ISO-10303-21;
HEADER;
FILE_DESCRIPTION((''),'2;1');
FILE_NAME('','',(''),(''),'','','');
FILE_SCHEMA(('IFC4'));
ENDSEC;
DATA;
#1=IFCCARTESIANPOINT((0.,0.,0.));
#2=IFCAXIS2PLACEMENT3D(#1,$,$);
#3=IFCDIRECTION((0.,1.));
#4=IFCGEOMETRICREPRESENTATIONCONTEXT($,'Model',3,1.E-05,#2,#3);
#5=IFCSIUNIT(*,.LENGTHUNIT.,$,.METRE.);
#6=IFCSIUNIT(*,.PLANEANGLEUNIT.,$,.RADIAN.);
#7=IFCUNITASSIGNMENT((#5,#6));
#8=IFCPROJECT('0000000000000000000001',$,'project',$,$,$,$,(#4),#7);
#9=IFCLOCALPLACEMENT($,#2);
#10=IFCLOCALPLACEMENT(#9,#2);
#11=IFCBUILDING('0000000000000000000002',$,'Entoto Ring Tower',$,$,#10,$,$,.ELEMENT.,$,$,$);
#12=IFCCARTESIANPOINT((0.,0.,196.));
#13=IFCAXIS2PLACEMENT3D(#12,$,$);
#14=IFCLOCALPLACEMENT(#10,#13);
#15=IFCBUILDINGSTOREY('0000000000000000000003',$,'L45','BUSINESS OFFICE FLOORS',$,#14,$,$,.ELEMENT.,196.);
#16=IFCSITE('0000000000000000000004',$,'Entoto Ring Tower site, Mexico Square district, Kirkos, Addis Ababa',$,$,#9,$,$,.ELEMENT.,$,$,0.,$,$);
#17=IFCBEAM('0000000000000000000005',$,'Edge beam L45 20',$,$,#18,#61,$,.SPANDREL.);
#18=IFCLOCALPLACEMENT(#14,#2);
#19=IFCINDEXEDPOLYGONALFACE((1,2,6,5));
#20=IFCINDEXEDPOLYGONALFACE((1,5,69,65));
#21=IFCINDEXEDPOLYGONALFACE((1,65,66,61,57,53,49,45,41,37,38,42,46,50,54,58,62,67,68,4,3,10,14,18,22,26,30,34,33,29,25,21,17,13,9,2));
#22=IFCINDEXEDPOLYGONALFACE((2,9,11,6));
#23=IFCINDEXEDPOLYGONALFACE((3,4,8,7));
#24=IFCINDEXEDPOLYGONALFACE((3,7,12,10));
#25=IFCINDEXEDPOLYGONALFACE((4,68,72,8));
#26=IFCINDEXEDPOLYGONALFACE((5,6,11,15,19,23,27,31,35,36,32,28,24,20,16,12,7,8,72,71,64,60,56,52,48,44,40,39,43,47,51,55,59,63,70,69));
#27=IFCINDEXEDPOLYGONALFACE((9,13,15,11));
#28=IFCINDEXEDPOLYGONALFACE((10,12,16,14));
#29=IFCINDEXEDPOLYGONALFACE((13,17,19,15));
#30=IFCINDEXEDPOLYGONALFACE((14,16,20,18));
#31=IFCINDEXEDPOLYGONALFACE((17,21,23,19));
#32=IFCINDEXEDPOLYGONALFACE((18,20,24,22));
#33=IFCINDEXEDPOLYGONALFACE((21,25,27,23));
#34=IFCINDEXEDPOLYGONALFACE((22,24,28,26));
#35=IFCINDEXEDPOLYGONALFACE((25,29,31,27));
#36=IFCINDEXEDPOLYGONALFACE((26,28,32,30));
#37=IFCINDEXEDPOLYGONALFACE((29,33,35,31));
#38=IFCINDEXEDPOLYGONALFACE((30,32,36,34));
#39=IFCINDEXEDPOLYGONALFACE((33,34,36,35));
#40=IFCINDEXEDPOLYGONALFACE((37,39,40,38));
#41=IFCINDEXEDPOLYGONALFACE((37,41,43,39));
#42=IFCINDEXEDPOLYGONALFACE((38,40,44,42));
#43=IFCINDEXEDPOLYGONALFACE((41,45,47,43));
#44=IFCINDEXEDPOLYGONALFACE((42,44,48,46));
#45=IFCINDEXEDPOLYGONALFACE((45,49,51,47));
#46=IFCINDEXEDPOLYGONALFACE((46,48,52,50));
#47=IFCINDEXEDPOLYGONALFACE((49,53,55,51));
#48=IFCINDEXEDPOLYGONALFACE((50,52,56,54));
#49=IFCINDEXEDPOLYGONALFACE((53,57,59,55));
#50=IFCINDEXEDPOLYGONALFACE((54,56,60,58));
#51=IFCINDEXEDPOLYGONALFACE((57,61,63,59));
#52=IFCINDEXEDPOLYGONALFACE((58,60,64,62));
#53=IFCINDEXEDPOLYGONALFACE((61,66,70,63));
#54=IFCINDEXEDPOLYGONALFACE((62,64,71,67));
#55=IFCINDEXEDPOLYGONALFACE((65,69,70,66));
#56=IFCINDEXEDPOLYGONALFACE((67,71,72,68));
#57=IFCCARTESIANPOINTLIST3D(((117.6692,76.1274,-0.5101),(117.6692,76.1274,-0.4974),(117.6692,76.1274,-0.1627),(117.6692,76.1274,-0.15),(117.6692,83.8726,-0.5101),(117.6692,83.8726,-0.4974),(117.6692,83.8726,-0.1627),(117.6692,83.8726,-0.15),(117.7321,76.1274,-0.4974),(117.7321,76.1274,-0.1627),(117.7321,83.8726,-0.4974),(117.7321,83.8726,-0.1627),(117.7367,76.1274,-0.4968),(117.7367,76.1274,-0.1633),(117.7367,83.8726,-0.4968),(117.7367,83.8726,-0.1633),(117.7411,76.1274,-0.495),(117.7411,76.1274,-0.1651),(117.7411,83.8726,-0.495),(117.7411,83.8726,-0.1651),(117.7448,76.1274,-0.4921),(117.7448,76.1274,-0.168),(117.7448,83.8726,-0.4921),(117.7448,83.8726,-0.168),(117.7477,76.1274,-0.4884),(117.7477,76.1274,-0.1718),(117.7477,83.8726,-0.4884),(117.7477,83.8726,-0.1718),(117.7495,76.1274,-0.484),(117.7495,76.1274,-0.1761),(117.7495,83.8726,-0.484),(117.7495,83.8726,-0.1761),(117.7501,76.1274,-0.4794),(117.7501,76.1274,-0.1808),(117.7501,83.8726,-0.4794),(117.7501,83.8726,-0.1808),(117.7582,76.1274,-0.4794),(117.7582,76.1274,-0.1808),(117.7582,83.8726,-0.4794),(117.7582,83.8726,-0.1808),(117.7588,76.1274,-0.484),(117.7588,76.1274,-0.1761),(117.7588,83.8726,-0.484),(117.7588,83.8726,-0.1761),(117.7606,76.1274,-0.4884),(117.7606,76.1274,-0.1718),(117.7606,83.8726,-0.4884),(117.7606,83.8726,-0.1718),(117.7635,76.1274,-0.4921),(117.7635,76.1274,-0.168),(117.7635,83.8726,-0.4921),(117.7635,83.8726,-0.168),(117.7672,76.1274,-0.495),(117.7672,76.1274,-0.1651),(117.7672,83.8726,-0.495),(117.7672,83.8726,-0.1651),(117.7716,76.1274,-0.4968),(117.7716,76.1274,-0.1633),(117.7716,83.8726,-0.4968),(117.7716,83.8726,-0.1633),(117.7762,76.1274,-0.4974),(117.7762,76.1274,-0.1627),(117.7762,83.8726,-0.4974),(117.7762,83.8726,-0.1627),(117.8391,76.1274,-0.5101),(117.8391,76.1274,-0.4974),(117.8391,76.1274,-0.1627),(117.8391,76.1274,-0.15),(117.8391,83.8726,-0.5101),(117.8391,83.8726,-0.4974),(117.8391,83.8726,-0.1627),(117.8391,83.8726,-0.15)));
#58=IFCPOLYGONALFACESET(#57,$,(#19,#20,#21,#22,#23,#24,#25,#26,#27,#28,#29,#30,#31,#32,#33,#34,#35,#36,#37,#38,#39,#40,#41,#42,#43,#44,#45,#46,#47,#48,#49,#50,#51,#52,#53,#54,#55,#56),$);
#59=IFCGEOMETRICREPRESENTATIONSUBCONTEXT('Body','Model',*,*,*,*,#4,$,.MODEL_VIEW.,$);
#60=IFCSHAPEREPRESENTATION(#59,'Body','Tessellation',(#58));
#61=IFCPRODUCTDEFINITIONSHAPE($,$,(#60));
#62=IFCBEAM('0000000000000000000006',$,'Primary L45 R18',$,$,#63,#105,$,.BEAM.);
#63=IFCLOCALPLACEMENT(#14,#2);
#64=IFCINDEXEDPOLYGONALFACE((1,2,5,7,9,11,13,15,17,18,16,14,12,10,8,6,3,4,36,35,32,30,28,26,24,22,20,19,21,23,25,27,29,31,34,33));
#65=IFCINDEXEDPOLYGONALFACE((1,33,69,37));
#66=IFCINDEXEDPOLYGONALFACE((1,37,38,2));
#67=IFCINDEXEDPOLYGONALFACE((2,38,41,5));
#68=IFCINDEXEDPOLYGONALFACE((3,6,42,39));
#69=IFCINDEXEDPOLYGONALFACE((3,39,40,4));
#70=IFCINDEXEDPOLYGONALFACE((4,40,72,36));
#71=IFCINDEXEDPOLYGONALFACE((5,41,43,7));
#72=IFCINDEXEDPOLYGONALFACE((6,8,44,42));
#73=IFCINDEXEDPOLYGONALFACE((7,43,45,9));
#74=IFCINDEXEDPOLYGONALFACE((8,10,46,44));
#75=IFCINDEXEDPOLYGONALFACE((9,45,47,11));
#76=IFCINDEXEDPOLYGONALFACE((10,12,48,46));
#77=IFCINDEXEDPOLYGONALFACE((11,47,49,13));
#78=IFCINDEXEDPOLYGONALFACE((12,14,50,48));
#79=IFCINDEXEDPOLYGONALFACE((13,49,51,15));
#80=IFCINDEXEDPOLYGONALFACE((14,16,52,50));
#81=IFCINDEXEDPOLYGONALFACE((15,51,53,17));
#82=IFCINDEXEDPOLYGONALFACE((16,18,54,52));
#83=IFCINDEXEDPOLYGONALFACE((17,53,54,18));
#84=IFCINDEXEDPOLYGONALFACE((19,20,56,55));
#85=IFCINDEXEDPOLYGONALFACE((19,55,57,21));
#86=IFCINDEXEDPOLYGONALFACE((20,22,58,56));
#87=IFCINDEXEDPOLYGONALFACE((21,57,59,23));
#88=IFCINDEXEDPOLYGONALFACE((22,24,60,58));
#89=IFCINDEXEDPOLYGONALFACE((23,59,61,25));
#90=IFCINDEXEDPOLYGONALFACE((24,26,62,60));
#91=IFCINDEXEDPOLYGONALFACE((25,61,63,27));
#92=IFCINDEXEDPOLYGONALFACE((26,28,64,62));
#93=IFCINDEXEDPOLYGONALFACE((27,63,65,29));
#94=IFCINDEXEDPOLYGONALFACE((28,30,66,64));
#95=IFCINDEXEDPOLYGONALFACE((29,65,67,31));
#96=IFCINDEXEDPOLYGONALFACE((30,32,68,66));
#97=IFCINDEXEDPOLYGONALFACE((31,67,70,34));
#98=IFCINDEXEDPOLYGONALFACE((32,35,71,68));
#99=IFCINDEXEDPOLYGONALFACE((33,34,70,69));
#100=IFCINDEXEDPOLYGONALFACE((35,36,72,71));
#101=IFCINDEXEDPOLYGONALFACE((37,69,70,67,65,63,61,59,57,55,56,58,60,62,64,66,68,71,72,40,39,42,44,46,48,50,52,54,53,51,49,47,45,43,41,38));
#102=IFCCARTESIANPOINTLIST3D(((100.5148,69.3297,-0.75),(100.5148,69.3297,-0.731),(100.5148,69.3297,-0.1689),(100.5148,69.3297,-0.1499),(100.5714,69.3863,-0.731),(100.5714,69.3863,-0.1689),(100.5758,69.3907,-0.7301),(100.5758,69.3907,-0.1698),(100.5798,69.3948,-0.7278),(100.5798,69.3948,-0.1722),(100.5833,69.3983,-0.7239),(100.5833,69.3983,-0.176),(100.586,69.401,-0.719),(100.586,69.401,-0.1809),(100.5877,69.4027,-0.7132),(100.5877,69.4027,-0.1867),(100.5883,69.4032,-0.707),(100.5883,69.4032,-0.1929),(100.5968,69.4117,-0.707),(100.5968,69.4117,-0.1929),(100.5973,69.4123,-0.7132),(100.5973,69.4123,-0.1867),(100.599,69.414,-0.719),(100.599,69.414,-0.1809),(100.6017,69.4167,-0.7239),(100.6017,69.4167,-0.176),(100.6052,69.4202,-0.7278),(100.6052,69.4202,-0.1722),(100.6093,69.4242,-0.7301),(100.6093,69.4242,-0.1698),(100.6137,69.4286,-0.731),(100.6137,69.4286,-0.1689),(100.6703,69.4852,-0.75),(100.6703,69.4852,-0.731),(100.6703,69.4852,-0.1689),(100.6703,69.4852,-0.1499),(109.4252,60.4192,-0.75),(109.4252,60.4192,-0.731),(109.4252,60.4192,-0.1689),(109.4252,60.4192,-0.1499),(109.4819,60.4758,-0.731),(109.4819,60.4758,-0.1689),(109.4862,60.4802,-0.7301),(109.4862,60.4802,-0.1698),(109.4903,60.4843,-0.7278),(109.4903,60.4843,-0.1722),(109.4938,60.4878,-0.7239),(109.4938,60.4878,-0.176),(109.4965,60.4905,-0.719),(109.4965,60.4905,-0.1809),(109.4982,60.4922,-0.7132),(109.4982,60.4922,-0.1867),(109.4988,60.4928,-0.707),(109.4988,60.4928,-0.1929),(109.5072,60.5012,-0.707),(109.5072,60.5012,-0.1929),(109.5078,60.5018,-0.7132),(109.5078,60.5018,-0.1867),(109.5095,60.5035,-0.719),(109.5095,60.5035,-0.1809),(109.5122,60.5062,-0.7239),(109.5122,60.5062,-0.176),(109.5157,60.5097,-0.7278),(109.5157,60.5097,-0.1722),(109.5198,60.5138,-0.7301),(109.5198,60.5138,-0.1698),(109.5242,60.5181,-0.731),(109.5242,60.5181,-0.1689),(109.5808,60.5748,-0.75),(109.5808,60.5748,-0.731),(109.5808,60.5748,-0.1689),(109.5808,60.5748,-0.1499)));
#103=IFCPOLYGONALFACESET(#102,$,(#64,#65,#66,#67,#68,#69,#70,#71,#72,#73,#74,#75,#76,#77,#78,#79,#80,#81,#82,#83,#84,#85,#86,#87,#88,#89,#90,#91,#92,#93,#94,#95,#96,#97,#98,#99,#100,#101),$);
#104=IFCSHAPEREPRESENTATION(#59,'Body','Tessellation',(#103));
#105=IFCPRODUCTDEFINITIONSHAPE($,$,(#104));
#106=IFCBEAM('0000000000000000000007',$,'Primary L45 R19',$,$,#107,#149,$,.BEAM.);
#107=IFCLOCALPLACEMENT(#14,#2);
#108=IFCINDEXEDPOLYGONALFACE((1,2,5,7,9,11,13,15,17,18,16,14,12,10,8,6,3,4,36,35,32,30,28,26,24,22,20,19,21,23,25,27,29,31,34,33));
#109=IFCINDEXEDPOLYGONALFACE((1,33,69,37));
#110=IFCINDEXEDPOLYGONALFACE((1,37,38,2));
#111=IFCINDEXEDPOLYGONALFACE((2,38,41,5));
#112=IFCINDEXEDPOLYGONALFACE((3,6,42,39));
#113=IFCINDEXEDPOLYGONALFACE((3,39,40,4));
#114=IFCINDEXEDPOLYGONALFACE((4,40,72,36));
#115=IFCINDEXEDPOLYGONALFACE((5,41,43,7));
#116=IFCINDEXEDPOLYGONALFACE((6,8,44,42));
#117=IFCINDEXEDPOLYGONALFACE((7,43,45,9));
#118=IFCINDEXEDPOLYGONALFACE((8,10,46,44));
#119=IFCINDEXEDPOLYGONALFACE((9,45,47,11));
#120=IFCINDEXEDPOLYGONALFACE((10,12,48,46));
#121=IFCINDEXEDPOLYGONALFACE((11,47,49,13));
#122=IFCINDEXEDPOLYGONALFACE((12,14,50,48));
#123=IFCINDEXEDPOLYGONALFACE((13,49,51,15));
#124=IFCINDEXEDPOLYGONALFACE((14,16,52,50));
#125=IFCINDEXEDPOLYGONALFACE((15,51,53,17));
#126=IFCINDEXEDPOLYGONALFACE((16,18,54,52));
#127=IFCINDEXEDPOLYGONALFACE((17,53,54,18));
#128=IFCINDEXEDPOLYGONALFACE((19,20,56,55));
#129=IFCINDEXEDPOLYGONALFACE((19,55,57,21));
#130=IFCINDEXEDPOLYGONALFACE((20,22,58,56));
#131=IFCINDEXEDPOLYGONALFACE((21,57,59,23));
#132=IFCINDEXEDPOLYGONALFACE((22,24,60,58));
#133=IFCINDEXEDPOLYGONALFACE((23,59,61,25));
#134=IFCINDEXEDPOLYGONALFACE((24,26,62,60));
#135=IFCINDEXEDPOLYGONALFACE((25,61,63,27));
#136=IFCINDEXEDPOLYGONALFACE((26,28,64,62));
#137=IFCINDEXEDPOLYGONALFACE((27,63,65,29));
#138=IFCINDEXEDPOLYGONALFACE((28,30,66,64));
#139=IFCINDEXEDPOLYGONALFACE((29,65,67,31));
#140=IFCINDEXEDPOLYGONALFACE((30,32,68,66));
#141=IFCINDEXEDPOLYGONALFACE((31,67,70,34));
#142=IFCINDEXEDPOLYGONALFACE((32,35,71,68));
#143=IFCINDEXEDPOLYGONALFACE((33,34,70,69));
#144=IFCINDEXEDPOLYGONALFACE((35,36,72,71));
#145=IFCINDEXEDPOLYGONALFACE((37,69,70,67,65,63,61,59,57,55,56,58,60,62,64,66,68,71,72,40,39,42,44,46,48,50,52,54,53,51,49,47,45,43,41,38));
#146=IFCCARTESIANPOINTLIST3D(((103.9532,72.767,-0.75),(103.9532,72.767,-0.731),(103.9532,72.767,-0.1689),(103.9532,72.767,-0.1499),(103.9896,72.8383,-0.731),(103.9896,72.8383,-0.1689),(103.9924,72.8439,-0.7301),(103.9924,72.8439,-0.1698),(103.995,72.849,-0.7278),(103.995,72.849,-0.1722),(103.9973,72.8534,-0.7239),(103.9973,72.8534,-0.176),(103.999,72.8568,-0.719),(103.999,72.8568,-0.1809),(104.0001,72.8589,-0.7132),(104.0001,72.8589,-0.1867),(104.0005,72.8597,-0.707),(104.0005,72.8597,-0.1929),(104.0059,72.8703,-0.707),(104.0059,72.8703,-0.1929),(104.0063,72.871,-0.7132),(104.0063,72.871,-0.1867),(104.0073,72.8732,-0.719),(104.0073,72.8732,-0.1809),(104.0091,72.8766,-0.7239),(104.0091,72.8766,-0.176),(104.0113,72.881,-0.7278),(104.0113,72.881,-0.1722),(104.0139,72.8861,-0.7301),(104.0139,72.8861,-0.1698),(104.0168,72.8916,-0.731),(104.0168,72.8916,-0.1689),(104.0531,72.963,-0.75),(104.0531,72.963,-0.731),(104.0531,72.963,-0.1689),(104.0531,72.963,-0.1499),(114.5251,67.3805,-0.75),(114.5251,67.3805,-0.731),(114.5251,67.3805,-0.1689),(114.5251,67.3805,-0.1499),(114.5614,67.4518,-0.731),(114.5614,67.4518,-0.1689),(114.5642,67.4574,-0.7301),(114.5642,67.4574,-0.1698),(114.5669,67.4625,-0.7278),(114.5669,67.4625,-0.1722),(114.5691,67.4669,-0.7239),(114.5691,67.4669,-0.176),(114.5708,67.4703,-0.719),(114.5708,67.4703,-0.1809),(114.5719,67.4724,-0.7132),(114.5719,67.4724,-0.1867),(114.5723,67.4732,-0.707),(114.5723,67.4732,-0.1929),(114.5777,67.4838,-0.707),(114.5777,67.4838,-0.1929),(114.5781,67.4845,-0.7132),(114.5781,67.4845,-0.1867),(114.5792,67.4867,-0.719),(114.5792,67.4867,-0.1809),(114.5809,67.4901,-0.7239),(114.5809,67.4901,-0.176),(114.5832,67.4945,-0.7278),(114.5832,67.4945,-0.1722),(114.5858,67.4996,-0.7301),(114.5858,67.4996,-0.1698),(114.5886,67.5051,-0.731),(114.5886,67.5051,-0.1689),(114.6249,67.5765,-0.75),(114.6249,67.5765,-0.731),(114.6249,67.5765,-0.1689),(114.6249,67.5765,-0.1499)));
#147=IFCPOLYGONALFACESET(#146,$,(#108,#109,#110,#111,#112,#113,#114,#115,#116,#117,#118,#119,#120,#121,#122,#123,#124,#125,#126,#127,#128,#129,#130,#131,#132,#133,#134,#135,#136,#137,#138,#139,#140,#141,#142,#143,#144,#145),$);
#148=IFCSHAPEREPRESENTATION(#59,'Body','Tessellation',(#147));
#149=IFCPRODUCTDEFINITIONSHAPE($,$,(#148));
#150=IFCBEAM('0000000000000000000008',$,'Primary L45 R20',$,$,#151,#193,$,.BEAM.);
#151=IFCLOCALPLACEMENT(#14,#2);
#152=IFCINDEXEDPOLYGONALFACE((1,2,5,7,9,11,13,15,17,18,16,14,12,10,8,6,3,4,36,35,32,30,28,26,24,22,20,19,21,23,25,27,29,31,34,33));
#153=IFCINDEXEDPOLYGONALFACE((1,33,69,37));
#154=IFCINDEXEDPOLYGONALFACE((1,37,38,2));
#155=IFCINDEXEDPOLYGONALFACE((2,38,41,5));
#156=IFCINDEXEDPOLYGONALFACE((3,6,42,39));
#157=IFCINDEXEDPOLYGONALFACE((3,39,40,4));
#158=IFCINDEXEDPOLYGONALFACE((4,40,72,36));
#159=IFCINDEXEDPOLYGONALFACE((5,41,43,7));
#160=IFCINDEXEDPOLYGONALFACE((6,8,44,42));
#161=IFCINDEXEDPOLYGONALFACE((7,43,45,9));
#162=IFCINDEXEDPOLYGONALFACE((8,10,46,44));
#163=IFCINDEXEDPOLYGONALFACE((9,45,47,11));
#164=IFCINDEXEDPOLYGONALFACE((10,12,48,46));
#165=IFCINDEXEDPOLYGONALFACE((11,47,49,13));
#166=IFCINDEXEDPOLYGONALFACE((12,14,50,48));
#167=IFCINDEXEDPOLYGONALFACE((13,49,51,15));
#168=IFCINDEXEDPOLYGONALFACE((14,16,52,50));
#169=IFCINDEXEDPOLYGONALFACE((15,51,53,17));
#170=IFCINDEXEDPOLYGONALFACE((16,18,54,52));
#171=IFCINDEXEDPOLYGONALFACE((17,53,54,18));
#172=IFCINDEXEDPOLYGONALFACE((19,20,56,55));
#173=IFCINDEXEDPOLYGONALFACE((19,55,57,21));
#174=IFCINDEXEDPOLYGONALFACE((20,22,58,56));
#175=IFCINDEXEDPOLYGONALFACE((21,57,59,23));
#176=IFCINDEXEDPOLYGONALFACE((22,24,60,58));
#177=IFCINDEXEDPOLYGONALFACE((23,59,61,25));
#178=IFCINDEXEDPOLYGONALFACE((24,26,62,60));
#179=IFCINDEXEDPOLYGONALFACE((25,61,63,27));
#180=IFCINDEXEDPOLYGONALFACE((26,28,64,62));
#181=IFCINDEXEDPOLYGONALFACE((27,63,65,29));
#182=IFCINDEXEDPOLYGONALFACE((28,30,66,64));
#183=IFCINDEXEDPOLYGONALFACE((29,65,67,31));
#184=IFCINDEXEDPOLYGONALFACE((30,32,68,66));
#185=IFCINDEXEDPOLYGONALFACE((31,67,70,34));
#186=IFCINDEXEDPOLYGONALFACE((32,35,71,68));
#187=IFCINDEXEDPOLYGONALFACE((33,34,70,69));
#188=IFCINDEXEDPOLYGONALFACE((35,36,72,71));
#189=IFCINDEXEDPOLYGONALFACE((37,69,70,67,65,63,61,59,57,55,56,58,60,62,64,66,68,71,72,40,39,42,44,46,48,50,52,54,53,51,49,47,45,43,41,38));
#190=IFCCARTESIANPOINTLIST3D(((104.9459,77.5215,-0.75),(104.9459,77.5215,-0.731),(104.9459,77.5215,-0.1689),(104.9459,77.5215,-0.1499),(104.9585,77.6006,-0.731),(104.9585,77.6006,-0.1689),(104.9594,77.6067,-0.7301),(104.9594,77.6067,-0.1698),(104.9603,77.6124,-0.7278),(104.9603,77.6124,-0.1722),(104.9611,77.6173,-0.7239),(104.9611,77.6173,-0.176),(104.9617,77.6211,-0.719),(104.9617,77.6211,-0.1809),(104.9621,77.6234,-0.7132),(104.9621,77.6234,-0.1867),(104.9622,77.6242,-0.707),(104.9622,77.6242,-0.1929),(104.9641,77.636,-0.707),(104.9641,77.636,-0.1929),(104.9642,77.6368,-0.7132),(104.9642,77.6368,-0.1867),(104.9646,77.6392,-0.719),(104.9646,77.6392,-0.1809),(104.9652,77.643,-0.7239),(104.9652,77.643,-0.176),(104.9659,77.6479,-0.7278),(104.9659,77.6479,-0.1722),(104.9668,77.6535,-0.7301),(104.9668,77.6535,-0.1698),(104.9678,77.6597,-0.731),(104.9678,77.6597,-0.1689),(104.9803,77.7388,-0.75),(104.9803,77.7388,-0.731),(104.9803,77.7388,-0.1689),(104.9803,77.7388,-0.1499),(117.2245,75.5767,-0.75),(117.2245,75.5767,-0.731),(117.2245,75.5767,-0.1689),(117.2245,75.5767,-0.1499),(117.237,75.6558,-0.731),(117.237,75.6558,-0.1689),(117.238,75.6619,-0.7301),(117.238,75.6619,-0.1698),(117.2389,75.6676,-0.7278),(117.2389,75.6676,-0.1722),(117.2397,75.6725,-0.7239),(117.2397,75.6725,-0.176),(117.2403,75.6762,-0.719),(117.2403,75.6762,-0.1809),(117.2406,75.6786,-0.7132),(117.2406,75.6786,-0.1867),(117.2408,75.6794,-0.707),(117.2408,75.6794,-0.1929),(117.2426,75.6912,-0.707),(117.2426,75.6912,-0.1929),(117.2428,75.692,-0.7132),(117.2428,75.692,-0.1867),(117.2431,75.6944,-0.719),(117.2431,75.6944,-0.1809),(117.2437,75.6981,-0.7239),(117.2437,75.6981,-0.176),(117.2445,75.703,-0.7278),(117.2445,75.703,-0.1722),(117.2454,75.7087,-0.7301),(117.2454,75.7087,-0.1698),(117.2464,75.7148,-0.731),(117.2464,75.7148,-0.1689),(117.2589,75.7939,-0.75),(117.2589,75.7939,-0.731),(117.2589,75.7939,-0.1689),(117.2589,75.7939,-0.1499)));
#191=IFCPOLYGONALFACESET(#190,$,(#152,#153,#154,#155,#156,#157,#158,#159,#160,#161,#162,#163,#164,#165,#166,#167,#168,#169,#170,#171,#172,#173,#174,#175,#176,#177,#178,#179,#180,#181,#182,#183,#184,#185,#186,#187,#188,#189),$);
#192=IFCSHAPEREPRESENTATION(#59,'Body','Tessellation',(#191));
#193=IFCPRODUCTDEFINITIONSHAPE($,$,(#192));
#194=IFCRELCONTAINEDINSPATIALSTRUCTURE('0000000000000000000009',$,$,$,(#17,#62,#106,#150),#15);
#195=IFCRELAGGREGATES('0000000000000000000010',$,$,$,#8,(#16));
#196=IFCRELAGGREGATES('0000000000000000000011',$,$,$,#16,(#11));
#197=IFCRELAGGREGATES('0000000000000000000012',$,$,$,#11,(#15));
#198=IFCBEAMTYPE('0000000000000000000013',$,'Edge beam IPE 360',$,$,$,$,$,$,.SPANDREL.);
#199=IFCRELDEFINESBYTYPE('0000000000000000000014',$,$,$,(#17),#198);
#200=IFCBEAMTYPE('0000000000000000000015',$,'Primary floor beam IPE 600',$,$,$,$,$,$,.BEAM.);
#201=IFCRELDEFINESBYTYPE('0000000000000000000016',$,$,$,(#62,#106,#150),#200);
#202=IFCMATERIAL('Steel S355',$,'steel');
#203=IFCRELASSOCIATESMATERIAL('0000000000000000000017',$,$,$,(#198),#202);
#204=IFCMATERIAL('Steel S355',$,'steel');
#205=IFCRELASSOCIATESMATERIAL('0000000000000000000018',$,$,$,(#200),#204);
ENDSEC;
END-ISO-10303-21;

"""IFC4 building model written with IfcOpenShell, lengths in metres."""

from ifc_helpers import new_model, si_unit, direction, frame, origin, origin_2d, place, context, subcontext, project, spatial, i_section, extrude, material, material_profile, profile_set, type_object, element, save


model = new_model("IFC4")

# Units and contexts
model_context = context("Model", 3, precision=1e-05, world=origin(), true_north=direction((0.0, 1.0)))
body_context = subcontext(model_context, "Body", "Model", "MODEL_VIEW")
ifc_project = project(units=[si_unit("LENGTHUNIT", "METRE"), si_unit("PLANEANGLEUNIT", "RADIAN")], contexts=[model_context])

# Site, building, storey
site_placement = place(None, origin())
site = spatial("IfcSite", under=ifc_project, at=site_placement, Name="Entoto Ring Tower site, Mexico Square district, Kirkos, Addis Ababa", CompositionType="ELEMENT", RefElevation=0.0)
building_placement = place(site_placement, origin())
building = spatial("IfcBuilding", under=site, at=building_placement, Name="Entoto Ring Tower", CompositionType="ELEMENT")
storey_placement = place(building_placement, frame((0.0, 0.0, 196.0)))
storey = spatial("IfcBuildingStorey", under=building, at=storey_placement, Name="L45", Description="BUSINESS OFFICE FLOORS", CompositionType="ELEMENT", Elevation=196.0)

# Beams
ifc_material_1 = material(Name="Steel S355", Category="steel")
ifc_material_profile_1 = material_profile(ifc_material_1, i_section(OverallWidth=0.1699, OverallDepth=0.3601, WebThickness=0.0081, FlangeThickness=0.0127, FilletRadius=0.0181, at=origin_2d()), Name="IPE 360")
ifc_profile_set_1 = profile_set([ifc_material_profile_1], Name="Steel S355")
beam_type_1 = type_object("IfcBeamType", Name="Edge beam IPE 360", PredefinedType="SPANDREL", material=ifc_profile_set_1)
for number, where, z_axis, x_axis, name in (
    (1, (117.7542, 76.1274, -0.3301), (0.0, 1.0, 0.0), (-1.0, 0.0, 0.0), "Edge beam L45 20"),
):
    element("IfcBeam", number, at=place(storey_placement, frame(where, z_axis=z_axis, x_axis=x_axis)), inside=storey, type_object=beam_type_1, Name=name, PredefinedType="SPANDREL", context=body_context, shape_type="SweptSolid", body=[
        extrude(i_section(OverallWidth=0.1699, OverallDepth=0.3601, WebThickness=0.0081, FlangeThickness=0.0127, FilletRadius=0.0181, at=origin_2d()), origin(), (0.0, 0.0, 1.0), 7.7451),
    ])
ifc_material_2 = material(Name="Steel S355", Category="steel")
ifc_material_profile_2 = material_profile(ifc_material_2, i_section(OverallWidth=0.22, OverallDepth=0.6001, WebThickness=0.012, FlangeThickness=0.019, FilletRadius=0.0239, at=origin_2d()), Name="IPE 600")
ifc_profile_set_2 = profile_set([ifc_material_profile_2], Name="Steel S355")
beam_type_2 = type_object("IfcBeamType", Name="Primary floor beam IPE 600", PredefinedType="BEAM", material=ifc_profile_set_2)
beam_1_placement = place(storey_placement, frame((100.5925, 69.4075, -0.45), z_axis=(0.707107, -0.707107, 0.0), x_axis=(0.707107, 0.707107, 0.0)))
element("IfcBeam", 2, at=beam_1_placement, inside=storey, type_object=beam_type_2, Name="Primary L45 R18", PredefinedType="BEAM", context=body_context, shape_type="SweptSolid", body=[
    extrude(i_section(OverallWidth=0.22, OverallDepth=0.6001, WebThickness=0.012, FlangeThickness=0.019, FilletRadius=0.0239, at=origin_2d()), origin(), (0.0, 0.0, 1.0), 12.6013),
])
beam_2_placement = place(storey_placement, frame((104.0032, 72.865, -0.45), z_axis=(0.89101, -0.453983, 0.0), x_axis=(0.453983, 0.89101, 0.0)))
element("IfcBeam", 3, at=beam_2_placement, inside=storey, type_object=beam_type_2, Name="Primary L45 R19", PredefinedType="BEAM", context=body_context, shape_type="SweptSolid", body=[
    extrude(i_section(OverallWidth=0.22, OverallDepth=0.6001, WebThickness=0.012, FlangeThickness=0.019, FilletRadius=0.0239, at=origin_2d()), origin(), (0.0, 0.0, 1.0), 11.865),
])
beam_3_placement = place(storey_placement, frame((104.9631, 77.6301, -0.45), z_axis=(0.987687, -0.156442, 0.0), x_axis=(0.156442, 0.987687, 0.0)))
element("IfcBeam", 4, at=beam_3_placement, inside=storey, type_object=beam_type_2, Name="Primary L45 R20", PredefinedType="BEAM", context=body_context, shape_type="SweptSolid", body=[
    extrude(i_section(OverallWidth=0.22, OverallDepth=0.6001, WebThickness=0.012, FlangeThickness=0.019, FilletRadius=0.0239, at=origin_2d()), origin(), (0.0, 0.0, 1.0), 12.4316),
])

save(model, "model.ifc")
